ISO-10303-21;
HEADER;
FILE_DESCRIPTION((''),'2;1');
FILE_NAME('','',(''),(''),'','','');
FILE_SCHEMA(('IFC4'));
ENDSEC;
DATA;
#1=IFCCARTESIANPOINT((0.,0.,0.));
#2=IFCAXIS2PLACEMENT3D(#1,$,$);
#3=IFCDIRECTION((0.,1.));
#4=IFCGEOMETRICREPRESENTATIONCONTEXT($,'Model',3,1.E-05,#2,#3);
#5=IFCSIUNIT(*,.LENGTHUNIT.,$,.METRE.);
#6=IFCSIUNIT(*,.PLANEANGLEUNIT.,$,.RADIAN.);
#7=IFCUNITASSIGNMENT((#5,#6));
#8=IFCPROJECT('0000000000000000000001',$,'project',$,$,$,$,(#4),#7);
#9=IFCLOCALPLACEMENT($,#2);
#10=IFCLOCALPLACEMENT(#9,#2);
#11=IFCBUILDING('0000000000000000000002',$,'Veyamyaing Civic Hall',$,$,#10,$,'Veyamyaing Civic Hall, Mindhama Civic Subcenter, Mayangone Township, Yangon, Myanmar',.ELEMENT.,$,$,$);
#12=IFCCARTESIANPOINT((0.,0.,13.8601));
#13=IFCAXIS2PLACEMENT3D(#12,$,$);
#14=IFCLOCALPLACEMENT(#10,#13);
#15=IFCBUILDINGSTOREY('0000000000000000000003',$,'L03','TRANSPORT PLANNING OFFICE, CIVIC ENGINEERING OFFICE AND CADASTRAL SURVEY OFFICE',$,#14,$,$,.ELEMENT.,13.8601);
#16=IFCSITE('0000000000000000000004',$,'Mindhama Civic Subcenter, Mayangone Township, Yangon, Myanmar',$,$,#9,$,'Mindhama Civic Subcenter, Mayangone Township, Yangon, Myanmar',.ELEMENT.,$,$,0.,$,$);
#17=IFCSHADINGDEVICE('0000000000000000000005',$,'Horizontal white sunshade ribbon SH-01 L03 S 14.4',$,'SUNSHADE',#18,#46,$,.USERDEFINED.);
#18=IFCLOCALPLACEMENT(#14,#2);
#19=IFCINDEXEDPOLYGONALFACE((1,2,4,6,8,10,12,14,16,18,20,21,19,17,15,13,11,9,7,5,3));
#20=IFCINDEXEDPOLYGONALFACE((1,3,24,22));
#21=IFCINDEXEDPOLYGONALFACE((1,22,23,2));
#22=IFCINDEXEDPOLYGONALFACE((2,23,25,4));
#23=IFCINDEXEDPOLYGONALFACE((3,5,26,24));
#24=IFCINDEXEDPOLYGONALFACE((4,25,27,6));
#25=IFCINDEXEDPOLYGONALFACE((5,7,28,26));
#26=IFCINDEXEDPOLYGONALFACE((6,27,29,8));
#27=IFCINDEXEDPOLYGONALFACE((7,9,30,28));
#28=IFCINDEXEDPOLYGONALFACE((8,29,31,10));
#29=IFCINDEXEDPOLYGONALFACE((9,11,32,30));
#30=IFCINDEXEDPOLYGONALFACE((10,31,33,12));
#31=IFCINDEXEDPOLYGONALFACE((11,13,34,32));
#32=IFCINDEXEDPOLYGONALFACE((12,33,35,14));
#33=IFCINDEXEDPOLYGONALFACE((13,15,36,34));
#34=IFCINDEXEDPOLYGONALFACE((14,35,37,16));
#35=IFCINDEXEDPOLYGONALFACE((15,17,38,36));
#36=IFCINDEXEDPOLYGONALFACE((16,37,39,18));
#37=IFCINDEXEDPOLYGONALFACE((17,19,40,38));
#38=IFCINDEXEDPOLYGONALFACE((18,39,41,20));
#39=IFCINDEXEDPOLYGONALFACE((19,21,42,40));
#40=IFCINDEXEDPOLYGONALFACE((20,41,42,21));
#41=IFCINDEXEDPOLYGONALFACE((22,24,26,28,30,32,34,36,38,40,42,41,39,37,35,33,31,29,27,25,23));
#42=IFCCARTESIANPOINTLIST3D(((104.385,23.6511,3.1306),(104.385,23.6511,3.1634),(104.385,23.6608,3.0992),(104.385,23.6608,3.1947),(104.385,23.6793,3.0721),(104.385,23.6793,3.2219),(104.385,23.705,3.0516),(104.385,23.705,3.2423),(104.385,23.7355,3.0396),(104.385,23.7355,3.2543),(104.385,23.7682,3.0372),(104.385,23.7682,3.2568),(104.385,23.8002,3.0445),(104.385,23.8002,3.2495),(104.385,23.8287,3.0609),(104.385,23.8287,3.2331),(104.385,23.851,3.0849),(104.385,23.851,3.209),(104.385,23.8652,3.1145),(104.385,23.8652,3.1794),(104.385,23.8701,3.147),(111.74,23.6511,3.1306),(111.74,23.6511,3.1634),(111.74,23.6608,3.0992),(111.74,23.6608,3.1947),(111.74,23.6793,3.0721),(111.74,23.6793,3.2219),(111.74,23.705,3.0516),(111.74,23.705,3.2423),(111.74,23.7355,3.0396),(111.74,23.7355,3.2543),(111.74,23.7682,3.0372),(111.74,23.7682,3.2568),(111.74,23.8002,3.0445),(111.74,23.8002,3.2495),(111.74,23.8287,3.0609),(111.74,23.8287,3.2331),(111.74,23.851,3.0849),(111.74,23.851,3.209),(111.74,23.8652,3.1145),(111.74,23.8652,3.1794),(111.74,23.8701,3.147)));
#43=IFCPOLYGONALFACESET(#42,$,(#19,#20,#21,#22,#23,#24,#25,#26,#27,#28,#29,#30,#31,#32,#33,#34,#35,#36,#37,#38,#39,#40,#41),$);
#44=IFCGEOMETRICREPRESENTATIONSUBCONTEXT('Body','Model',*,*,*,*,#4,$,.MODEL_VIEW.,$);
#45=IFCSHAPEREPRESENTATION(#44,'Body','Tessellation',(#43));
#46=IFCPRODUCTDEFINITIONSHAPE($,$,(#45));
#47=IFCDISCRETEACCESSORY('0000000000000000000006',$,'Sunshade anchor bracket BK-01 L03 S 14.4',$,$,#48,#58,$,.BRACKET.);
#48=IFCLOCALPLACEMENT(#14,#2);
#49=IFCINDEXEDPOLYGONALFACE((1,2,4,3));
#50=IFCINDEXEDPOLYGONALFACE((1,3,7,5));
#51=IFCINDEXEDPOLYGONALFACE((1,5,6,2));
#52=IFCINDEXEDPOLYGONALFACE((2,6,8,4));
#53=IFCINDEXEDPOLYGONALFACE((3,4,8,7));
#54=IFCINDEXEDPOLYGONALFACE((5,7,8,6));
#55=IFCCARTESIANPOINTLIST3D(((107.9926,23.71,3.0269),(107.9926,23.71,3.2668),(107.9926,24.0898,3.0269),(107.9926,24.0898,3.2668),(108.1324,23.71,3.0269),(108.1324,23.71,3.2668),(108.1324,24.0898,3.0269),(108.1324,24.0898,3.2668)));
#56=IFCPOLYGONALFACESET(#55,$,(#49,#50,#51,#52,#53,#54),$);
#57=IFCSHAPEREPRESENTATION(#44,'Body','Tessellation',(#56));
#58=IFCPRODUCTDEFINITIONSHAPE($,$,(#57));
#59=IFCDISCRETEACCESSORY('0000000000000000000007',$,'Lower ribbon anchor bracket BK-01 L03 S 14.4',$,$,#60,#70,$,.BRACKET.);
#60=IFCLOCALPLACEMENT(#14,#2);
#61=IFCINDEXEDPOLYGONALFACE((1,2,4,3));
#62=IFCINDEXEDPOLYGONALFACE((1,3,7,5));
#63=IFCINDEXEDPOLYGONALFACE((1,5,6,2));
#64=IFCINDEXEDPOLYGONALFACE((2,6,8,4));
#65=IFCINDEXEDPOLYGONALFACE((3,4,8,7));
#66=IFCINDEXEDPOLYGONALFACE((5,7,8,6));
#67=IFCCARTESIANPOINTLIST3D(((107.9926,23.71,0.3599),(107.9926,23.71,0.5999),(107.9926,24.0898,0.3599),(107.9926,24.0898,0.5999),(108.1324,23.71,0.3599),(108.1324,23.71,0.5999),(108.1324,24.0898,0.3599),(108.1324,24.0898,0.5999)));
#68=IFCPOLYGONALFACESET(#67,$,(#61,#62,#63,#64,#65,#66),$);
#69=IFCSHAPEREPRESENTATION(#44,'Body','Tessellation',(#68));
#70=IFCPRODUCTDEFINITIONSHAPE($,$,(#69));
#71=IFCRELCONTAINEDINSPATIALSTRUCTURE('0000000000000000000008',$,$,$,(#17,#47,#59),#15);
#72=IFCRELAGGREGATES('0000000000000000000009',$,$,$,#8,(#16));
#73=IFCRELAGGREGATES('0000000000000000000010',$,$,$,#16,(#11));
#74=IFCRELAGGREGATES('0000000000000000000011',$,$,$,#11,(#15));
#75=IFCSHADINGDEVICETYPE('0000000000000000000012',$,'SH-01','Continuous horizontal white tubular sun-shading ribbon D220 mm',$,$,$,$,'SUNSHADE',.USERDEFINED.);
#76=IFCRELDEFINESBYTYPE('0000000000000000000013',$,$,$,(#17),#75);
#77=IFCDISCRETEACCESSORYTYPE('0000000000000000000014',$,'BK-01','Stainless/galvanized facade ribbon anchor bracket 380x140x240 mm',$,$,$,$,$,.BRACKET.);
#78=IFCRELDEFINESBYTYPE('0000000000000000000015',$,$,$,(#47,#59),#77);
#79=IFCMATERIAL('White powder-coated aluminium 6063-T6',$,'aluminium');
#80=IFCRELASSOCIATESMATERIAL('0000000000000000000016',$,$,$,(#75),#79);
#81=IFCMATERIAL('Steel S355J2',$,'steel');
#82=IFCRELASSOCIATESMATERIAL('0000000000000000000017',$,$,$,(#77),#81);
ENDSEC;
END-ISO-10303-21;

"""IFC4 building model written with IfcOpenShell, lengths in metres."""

from ifc_helpers import new_model, si_unit, direction, frame, origin, origin_2d, place, context, subcontext, project, spatial, rectangle, circle, extrude, material, material_profile, profile_set, type_object, element, save


model = new_model("IFC4")

# Units and contexts
model_context = context("Model", 3, precision=1e-05, world=origin(), true_north=direction((0.0, 1.0)))
body_context = subcontext(model_context, "Body", "Model", "MODEL_VIEW")
ifc_project = project(units=[si_unit("LENGTHUNIT", "METRE"), si_unit("PLANEANGLEUNIT", "RADIAN")], contexts=[model_context])

# Site, building, storey
site_placement = place(None, origin())
site = spatial("IfcSite", under=ifc_project, at=site_placement, Name="Mindhama Civic Subcenter, Mayangone Township, Yangon, Myanmar", LongName="Mindhama Civic Subcenter, Mayangone Township, Yangon, Myanmar", CompositionType="ELEMENT", RefElevation=0.0)
building_placement = place(site_placement, origin())
building = spatial("IfcBuilding", under=site, at=building_placement, Name="Veyamyaing Civic Hall", LongName="Veyamyaing Civic Hall, Mindhama Civic Subcenter, Mayangone Township, Yangon, Myanmar", CompositionType="ELEMENT")
storey_placement = place(building_placement, frame((0.0, 0.0, 13.8601)))
storey = spatial("IfcBuildingStorey", under=building, at=storey_placement, Name="L03", Description="TRANSPORT PLANNING OFFICE, CIVIC ENGINEERING OFFICE AND CADASTRAL SURVEY OFFICE", CompositionType="ELEMENT", Elevation=13.8601)

# Shared definitions
ifc_material_1 = material(Name="White powder-coated aluminium 6063-T6", Category="aluminium")

# Shading device
ifc_material_profile_1 = material_profile(ifc_material_1, circle(Radius=0.1101, at=origin_2d()), Name="SHADE-TUBE-220")
ifc_profile_set_1 = profile_set([ifc_material_profile_1], Name="White powder-coated aluminium 6063-T6")
shading_device_type = type_object("IfcShadingDeviceType", Name="SH-01", Description="Continuous horizontal white tubular sun-shading ribbon D220 mm", ElementType="SUNSHADE", PredefinedType="USERDEFINED", material=ifc_profile_set_1)
shading_device_placement = place(storey_placement, frame((104.385, 23.76, 3.147), z_axis=(1.0, 0.0, 0.0), x_axis=(0.0, 1.0, 0.0)))
element("IfcShadingDevice", 1, at=shading_device_placement, inside=storey, type_object=shading_device_type, Name="Horizontal white sunshade ribbon SH-01 L03 S 14.4", ObjectType="SUNSHADE", PredefinedType="USERDEFINED", context=body_context, shape_type="SweptSolid", body=[
    extrude(circle(Radius=0.1101, at=origin_2d()), origin(), (0.0, 0.0, 1.0), 7.355),
])

# Discrete accessories
ifc_material_2 = material(Name="Steel S355J2", Category="steel")
discrete_accessory_type = type_object("IfcDiscreteAccessoryType", Name="BK-01", Description="Stainless/galvanized facade ribbon anchor bracket 380x140x240 mm", PredefinedType="BRACKET", material=ifc_material_2)
for number, where, z_axis, x_axis, name in (
    (2, (108.0625, 23.8999, 3.0269), (0.0, 0.0, 1.0), (0.0, -1.0, 0.0), "Sunshade anchor bracket BK-01 L03 S 14.4"),
    (3, (108.0625, 23.8999, 0.3599), (0.0, 0.0, 1.0), (0.0, -1.0, 0.0), "Lower ribbon anchor bracket BK-01 L03 S 14.4"),
):
    element("IfcDiscreteAccessory", number, at=place(storey_placement, frame(where, z_axis=z_axis, x_axis=x_axis)), inside=storey, type_object=discrete_accessory_type, Name=name, PredefinedType="BRACKET", context=body_context, shape_type="SweptSolid", body=[
        extrude(rectangle(XDim=0.3799, YDim=0.1399, at=origin_2d()), origin(), (0.0, 0.0, 1.0), 0.24),
    ])

save(model, "model.ifc")
